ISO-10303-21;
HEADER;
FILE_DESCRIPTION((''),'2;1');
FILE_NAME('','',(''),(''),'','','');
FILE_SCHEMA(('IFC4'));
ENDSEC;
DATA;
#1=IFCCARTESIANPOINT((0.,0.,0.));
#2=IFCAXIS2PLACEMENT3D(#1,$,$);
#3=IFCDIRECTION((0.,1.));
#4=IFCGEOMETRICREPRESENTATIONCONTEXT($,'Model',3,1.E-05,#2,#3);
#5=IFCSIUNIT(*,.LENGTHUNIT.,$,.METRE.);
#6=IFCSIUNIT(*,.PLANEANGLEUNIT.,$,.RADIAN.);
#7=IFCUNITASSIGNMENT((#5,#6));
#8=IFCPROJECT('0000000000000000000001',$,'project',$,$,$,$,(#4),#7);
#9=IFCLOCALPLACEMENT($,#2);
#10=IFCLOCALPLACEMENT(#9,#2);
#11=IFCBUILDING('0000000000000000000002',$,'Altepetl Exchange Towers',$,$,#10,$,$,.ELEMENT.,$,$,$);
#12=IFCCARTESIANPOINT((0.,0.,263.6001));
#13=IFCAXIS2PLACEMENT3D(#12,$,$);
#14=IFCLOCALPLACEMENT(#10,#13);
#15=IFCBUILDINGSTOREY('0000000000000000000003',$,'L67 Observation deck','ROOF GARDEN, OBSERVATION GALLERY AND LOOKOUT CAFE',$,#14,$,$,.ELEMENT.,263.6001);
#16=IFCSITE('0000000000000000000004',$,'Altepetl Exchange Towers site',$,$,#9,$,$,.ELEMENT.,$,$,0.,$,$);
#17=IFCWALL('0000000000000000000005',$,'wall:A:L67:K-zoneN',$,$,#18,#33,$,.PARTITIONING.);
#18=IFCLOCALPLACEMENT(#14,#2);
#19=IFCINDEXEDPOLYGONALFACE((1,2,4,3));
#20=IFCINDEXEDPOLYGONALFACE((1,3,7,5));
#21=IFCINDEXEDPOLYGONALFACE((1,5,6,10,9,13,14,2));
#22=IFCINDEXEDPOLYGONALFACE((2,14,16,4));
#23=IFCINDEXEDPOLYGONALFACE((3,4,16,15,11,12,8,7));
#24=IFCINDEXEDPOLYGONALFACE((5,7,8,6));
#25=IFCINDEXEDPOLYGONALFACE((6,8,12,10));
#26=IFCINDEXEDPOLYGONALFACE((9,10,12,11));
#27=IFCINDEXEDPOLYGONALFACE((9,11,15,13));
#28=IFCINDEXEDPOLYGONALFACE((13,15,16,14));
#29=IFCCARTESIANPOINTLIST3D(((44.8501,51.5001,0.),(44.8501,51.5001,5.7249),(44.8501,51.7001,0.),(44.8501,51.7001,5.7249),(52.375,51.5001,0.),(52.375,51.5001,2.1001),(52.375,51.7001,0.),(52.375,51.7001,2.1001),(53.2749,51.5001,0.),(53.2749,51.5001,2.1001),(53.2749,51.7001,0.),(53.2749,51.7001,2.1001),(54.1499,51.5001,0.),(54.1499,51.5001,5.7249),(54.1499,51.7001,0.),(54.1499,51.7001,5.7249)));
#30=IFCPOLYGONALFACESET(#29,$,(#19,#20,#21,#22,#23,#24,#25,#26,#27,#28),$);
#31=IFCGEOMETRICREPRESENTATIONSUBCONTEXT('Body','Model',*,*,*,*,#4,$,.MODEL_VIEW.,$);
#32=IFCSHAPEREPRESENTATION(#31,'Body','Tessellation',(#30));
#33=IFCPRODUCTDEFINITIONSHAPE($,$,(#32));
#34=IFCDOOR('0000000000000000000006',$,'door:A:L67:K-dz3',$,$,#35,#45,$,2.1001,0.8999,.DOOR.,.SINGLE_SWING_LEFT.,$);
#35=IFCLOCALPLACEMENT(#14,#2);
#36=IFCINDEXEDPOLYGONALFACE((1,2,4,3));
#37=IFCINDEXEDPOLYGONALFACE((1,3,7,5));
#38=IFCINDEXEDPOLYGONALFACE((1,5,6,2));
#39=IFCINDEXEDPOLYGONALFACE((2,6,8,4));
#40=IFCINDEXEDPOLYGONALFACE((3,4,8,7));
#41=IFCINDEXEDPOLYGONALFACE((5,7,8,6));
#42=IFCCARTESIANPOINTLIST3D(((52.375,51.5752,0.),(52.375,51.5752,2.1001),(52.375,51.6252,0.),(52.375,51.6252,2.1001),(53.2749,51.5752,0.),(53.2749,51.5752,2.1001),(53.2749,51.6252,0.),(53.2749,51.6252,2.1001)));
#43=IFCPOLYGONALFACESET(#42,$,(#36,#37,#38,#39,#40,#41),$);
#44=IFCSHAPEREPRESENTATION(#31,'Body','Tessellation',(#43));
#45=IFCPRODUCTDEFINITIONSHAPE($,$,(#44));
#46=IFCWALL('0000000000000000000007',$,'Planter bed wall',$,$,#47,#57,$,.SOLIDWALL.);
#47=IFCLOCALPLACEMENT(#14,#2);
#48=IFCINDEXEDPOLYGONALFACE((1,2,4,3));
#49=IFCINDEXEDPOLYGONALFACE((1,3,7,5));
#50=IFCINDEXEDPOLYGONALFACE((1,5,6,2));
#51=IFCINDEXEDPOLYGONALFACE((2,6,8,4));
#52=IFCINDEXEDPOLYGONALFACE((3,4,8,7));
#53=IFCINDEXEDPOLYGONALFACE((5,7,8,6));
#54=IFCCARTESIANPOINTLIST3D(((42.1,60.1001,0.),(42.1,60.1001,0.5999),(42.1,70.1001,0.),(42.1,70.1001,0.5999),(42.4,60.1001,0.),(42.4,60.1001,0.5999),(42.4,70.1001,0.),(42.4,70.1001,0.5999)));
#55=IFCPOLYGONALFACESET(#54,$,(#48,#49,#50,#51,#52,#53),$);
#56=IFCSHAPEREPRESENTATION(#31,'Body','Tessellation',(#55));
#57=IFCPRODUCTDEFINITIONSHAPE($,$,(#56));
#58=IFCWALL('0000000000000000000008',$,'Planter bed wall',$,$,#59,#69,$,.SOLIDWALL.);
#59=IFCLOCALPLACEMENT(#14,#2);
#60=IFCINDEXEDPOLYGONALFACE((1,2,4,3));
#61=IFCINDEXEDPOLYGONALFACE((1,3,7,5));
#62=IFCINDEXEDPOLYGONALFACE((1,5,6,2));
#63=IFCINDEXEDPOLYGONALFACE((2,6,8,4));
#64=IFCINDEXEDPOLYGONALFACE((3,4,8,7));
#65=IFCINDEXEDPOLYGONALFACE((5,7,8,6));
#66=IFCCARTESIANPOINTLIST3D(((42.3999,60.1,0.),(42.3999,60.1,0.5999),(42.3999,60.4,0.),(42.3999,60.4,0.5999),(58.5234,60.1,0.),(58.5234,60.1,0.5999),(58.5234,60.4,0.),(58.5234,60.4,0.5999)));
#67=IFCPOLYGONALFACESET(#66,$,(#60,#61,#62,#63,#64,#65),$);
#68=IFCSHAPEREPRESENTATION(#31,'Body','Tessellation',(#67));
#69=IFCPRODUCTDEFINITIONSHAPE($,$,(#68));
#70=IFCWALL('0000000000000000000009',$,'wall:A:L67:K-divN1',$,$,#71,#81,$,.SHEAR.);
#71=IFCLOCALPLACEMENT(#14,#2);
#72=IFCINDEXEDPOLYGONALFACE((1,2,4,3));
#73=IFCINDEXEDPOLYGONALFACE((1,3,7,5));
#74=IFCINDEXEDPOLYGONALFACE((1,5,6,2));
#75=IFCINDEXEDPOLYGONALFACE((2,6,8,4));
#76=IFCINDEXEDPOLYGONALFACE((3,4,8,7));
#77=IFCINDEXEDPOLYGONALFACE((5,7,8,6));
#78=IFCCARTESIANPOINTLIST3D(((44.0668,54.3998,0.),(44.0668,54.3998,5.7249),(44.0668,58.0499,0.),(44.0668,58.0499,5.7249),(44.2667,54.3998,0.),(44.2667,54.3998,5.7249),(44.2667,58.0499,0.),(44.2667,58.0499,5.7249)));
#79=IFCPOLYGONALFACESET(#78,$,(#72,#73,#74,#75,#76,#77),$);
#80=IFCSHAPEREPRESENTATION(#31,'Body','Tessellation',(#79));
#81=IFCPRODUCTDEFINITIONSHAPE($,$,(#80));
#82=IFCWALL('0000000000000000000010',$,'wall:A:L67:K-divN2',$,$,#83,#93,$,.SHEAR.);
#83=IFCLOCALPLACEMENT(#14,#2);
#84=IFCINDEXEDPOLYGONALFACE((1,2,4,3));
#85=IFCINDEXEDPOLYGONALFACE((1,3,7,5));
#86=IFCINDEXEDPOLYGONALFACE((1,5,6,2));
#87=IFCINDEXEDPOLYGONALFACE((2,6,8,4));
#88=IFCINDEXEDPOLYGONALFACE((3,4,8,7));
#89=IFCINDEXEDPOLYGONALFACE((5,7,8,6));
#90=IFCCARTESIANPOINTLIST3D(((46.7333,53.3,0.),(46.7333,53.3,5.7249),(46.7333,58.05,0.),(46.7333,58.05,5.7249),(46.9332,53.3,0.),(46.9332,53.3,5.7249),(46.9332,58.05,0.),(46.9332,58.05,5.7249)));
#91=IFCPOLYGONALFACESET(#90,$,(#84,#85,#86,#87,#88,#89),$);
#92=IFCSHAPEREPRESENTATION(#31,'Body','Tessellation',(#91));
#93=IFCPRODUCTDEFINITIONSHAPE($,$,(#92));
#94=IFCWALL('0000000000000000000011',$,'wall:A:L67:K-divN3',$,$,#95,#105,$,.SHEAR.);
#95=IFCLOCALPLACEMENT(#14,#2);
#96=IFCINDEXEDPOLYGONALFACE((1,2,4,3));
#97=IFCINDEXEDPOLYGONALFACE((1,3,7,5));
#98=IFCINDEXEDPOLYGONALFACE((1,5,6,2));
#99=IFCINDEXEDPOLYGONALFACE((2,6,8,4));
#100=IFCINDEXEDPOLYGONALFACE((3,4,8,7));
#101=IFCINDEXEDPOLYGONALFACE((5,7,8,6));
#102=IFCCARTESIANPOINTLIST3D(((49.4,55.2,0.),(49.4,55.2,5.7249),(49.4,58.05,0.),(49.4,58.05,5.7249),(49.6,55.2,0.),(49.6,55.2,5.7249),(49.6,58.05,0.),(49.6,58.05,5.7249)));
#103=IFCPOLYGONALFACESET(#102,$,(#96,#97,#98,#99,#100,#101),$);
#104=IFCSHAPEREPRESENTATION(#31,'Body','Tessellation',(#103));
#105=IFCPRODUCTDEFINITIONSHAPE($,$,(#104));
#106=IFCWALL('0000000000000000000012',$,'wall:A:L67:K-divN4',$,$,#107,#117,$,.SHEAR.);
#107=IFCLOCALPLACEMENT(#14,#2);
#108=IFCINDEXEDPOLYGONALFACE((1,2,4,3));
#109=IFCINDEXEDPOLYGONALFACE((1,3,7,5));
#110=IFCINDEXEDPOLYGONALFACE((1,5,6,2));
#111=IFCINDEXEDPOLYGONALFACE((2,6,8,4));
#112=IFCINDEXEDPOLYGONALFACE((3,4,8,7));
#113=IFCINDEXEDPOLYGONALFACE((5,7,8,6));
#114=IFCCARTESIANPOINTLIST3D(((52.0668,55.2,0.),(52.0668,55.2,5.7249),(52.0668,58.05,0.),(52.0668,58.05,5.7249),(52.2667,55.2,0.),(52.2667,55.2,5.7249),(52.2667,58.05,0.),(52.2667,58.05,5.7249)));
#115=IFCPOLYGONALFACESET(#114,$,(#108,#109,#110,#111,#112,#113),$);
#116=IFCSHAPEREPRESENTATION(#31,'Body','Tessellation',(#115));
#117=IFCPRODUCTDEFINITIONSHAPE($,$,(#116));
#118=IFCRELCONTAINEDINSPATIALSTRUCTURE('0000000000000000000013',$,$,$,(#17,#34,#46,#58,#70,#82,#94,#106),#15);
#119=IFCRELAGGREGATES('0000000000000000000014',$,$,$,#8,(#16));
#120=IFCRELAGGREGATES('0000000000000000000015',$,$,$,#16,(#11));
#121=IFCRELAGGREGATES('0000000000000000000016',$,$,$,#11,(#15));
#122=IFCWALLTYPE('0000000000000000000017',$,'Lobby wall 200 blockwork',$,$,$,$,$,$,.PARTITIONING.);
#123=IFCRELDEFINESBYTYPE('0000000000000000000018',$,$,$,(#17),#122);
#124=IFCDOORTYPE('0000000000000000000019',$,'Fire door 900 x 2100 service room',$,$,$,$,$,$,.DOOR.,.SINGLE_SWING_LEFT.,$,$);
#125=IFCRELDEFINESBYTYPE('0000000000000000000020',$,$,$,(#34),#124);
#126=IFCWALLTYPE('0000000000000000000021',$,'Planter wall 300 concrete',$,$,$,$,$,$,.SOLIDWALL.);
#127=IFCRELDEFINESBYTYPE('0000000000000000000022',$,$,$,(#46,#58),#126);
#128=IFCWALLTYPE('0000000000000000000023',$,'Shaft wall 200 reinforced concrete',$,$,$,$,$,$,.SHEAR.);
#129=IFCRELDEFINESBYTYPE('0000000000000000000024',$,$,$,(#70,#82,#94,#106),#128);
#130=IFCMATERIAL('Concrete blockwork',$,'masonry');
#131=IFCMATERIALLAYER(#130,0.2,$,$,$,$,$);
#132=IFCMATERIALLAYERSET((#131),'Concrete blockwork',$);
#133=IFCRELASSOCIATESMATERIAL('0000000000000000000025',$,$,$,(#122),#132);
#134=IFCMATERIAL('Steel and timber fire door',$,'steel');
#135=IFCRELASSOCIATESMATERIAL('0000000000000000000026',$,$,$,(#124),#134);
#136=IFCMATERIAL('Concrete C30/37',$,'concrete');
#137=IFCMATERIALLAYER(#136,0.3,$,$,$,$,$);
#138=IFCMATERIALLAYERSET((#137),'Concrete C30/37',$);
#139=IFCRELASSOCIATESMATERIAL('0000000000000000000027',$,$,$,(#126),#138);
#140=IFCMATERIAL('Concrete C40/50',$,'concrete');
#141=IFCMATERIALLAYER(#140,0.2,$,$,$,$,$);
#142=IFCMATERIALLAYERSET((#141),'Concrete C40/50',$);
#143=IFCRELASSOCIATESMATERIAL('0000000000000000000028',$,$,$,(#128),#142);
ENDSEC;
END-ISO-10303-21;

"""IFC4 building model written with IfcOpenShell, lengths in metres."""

from ifc_helpers import new_model, si_unit, direction, frame, frame_2d, origin, place, context, subcontext, project, spatial, rectangle, extrude, material, layer, layer_set, type_object, element, fill, save


model = new_model("IFC4")

# Units and contexts
model_context = context("Model", 3, precision=1e-05, world=origin(), true_north=direction((0.0, 1.0)))
body_context = subcontext(model_context, "Body", "Model", "MODEL_VIEW")
ifc_project = project(units=[si_unit("LENGTHUNIT", "METRE"), si_unit("PLANEANGLEUNIT", "RADIAN")], contexts=[model_context])

# Site, building, storey
site_placement = place(None, origin())
site = spatial("IfcSite", under=ifc_project, at=site_placement, Name="Altepetl Exchange Towers site", CompositionType="ELEMENT", RefElevation=0.0)
building_placement = place(site_placement, origin())
building = spatial("IfcBuilding", under=site, at=building_placement, Name="Altepetl Exchange Towers", CompositionType="ELEMENT")
storey_placement = place(building_placement, frame((0.0, 0.0, 263.6001)))
storey = spatial("IfcBuildingStorey", under=building, at=storey_placement, Name="L67 Observation deck", Description="ROOF GARDEN, OBSERVATION GALLERY AND LOOKOUT CAFE", CompositionType="ELEMENT", Elevation=263.6001)

# Shared definitions
ifc_material_1 = material(Name="Concrete blockwork", Category="masonry")
ifc_layer_1 = layer(ifc_material_1, 0.2)
ifc_layer_set_1 = layer_set([ifc_layer_1], Name="Concrete blockwork")
wall_type_1 = type_object("IfcWallType", Name="Lobby wall 200 blockwork", PredefinedType="PARTITIONING", material=ifc_layer_set_1)

# Wall, opening, door
ifc_material_2 = material(Name="Steel and timber fire door", Category="steel")
wall_1_placement = place(storey_placement, frame((44.8501, 51.6001, 0.0)))
wall_1 = element("IfcWall", 1, at=wall_1_placement, inside=storey, type_object=wall_type_1, Name="wall:A:L67:K-zoneN", PredefinedType="PARTITIONING", context=body_context, shape_type="SweptSolid", body=[
    extrude(rectangle(XDim=9.2998, YDim=0.2, at=frame_2d((4.6499, 0.0))), origin(), (0.0, 0.0, 1.0), 5.7249),
])
opening_1_placement = place(wall_1_placement, frame((7.5249, 0.0, 0.0)))
opening_1 = element("IfcOpeningElement", 2, at=opening_1_placement, cuts=wall_1, PredefinedType="OPENING", context=body_context, shape_type="SweptSolid", body=[
    extrude(rectangle(XDim=0.8999, YDim=2.1001, at=frame_2d((0.45, 1.05))), frame((0.0, 0.1099, 0.0), z_axis=(0.0, -1.0, 0.0), x_axis=(1.0, 0.0, 0.0)), (0.0, 0.0, 1.0), 0.22),
])
door_type_1 = type_object("IfcDoorType", Name="Fire door 900 x 2100 service room", OperationType="SINGLE_SWING_LEFT", PredefinedType="DOOR", material=ifc_material_2)
door_1_placement = place(opening_1_placement, frame((0.8999, 0.0, 0.0), x_axis=(-1.0, 0.0, 0.0)))
door_1 = element("IfcDoor", 3, at=door_1_placement, inside=storey, type_object=door_type_1, Name="door:A:L67:K-dz3", OperationType="SINGLE_SWING_LEFT", OverallHeight=2.1001, OverallWidth=0.8999, PredefinedType="DOOR", context=body_context, shape_type="SweptSolid", body=[
    extrude(rectangle(XDim=0.8999, YDim=2.1001, at=frame_2d((0.45, 1.05))), frame((0.0, 0.0249, 0.0), z_axis=(0.0, -1.0, 0.0), x_axis=(1.0, 0.0, 0.0)), (0.0, 0.0, 1.0), 0.05),
])
fill(opening_1, door_1)

# Walls
ifc_material_3 = material(Name="Concrete C30/37", Category="concrete")
ifc_layer_2 = layer(ifc_material_3, 0.3)
ifc_layer_set_2 = layer_set([ifc_layer_2], Name="Concrete C30/37")
wall_type_2 = type_object("IfcWallType", Name="Planter wall 300 concrete", PredefinedType="SOLIDWALL", material=ifc_layer_set_2)
wall_2_placement = place(storey_placement, frame((42.25, 70.1001, 0.0), z_axis=(0.0, 0.0, 1.0), x_axis=(0.0, -1.0, 0.0)))
element("IfcWall", 4, at=wall_2_placement, inside=storey, type_object=wall_type_2, Name="Planter bed wall", PredefinedType="SOLIDWALL", context=body_context, shape_type="SweptSolid", body=[
    extrude(rectangle(XDim=10.0, YDim=0.3, at=frame_2d((5.0, 0.0))), origin(), (0.0, 0.0, 1.0), 0.5999),
])
wall_3_placement = place(storey_placement, frame((42.3999, 60.25, 0.0)))
element("IfcWall", 5, at=wall_3_placement, inside=storey, type_object=wall_type_2, Name="Planter bed wall", PredefinedType="SOLIDWALL", context=body_context, shape_type="SweptSolid", body=[
    extrude(rectangle(XDim=16.1235, YDim=0.3, at=frame_2d((8.0618, 0.0))), origin(), (0.0, 0.0, 1.0), 0.5999),
])
ifc_material_4 = material(Name="Concrete C40/50", Category="concrete")
ifc_layer_3 = layer(ifc_material_4, 0.2)
ifc_layer_set_3 = layer_set([ifc_layer_3], Name="Concrete C40/50")
wall_type_3 = type_object("IfcWallType", Name="Shaft wall 200 reinforced concrete", PredefinedType="SHEAR", material=ifc_layer_set_3)
wall_4_placement = place(storey_placement, frame((44.1667, 58.05, 0.0), z_axis=(0.0, 0.0, 1.0), x_axis=(0.0, -1.0, 0.0)))
element("IfcWall", 6, at=wall_4_placement, inside=storey, type_object=wall_type_3, Name="wall:A:L67:K-divN1", PredefinedType="SHEAR", context=body_context, shape_type="SweptSolid", body=[
    extrude(rectangle(XDim=3.6501, YDim=0.2, at=frame_2d((1.8252, 0.0))), origin(), (0.0, 0.0, 1.0), 5.7249),
])
wall_5_placement = place(storey_placement, frame((46.8333, 58.05, 0.0), z_axis=(0.0, 0.0, 1.0), x_axis=(0.0, -1.0, 0.0)))
element("IfcWall", 7, at=wall_5_placement, inside=storey, type_object=wall_type_3, Name="wall:A:L67:K-divN2", PredefinedType="SHEAR", context=body_context, shape_type="SweptSolid", body=[
    extrude(rectangle(XDim=4.75, YDim=0.2, at=frame_2d((2.375, 0.0))), origin(), (0.0, 0.0, 1.0), 5.7249),
])
for number, where, z_axis, x_axis, name in (
    (8, (49.5, 58.05, 0.0), (0.0, 0.0, 1.0), (0.0, -1.0, 0.0), "wall:A:L67:K-divN3"),
    (9, (52.1667, 58.05, 0.0), (0.0, 0.0, 1.0), (0.0, -1.0, 0.0), "wall:A:L67:K-divN4"),
):
    element("IfcWall", number, at=place(storey_placement, frame(where, z_axis=z_axis, x_axis=x_axis)), inside=storey, type_object=wall_type_3, Name=name, PredefinedType="SHEAR", context=body_context, shape_type="SweptSolid", body=[
        extrude(rectangle(XDim=2.8501, YDim=0.2, at=frame_2d((1.425, 0.0))), origin(), (0.0, 0.0, 1.0), 5.7249),
    ])

save(model, "model.ifc")
